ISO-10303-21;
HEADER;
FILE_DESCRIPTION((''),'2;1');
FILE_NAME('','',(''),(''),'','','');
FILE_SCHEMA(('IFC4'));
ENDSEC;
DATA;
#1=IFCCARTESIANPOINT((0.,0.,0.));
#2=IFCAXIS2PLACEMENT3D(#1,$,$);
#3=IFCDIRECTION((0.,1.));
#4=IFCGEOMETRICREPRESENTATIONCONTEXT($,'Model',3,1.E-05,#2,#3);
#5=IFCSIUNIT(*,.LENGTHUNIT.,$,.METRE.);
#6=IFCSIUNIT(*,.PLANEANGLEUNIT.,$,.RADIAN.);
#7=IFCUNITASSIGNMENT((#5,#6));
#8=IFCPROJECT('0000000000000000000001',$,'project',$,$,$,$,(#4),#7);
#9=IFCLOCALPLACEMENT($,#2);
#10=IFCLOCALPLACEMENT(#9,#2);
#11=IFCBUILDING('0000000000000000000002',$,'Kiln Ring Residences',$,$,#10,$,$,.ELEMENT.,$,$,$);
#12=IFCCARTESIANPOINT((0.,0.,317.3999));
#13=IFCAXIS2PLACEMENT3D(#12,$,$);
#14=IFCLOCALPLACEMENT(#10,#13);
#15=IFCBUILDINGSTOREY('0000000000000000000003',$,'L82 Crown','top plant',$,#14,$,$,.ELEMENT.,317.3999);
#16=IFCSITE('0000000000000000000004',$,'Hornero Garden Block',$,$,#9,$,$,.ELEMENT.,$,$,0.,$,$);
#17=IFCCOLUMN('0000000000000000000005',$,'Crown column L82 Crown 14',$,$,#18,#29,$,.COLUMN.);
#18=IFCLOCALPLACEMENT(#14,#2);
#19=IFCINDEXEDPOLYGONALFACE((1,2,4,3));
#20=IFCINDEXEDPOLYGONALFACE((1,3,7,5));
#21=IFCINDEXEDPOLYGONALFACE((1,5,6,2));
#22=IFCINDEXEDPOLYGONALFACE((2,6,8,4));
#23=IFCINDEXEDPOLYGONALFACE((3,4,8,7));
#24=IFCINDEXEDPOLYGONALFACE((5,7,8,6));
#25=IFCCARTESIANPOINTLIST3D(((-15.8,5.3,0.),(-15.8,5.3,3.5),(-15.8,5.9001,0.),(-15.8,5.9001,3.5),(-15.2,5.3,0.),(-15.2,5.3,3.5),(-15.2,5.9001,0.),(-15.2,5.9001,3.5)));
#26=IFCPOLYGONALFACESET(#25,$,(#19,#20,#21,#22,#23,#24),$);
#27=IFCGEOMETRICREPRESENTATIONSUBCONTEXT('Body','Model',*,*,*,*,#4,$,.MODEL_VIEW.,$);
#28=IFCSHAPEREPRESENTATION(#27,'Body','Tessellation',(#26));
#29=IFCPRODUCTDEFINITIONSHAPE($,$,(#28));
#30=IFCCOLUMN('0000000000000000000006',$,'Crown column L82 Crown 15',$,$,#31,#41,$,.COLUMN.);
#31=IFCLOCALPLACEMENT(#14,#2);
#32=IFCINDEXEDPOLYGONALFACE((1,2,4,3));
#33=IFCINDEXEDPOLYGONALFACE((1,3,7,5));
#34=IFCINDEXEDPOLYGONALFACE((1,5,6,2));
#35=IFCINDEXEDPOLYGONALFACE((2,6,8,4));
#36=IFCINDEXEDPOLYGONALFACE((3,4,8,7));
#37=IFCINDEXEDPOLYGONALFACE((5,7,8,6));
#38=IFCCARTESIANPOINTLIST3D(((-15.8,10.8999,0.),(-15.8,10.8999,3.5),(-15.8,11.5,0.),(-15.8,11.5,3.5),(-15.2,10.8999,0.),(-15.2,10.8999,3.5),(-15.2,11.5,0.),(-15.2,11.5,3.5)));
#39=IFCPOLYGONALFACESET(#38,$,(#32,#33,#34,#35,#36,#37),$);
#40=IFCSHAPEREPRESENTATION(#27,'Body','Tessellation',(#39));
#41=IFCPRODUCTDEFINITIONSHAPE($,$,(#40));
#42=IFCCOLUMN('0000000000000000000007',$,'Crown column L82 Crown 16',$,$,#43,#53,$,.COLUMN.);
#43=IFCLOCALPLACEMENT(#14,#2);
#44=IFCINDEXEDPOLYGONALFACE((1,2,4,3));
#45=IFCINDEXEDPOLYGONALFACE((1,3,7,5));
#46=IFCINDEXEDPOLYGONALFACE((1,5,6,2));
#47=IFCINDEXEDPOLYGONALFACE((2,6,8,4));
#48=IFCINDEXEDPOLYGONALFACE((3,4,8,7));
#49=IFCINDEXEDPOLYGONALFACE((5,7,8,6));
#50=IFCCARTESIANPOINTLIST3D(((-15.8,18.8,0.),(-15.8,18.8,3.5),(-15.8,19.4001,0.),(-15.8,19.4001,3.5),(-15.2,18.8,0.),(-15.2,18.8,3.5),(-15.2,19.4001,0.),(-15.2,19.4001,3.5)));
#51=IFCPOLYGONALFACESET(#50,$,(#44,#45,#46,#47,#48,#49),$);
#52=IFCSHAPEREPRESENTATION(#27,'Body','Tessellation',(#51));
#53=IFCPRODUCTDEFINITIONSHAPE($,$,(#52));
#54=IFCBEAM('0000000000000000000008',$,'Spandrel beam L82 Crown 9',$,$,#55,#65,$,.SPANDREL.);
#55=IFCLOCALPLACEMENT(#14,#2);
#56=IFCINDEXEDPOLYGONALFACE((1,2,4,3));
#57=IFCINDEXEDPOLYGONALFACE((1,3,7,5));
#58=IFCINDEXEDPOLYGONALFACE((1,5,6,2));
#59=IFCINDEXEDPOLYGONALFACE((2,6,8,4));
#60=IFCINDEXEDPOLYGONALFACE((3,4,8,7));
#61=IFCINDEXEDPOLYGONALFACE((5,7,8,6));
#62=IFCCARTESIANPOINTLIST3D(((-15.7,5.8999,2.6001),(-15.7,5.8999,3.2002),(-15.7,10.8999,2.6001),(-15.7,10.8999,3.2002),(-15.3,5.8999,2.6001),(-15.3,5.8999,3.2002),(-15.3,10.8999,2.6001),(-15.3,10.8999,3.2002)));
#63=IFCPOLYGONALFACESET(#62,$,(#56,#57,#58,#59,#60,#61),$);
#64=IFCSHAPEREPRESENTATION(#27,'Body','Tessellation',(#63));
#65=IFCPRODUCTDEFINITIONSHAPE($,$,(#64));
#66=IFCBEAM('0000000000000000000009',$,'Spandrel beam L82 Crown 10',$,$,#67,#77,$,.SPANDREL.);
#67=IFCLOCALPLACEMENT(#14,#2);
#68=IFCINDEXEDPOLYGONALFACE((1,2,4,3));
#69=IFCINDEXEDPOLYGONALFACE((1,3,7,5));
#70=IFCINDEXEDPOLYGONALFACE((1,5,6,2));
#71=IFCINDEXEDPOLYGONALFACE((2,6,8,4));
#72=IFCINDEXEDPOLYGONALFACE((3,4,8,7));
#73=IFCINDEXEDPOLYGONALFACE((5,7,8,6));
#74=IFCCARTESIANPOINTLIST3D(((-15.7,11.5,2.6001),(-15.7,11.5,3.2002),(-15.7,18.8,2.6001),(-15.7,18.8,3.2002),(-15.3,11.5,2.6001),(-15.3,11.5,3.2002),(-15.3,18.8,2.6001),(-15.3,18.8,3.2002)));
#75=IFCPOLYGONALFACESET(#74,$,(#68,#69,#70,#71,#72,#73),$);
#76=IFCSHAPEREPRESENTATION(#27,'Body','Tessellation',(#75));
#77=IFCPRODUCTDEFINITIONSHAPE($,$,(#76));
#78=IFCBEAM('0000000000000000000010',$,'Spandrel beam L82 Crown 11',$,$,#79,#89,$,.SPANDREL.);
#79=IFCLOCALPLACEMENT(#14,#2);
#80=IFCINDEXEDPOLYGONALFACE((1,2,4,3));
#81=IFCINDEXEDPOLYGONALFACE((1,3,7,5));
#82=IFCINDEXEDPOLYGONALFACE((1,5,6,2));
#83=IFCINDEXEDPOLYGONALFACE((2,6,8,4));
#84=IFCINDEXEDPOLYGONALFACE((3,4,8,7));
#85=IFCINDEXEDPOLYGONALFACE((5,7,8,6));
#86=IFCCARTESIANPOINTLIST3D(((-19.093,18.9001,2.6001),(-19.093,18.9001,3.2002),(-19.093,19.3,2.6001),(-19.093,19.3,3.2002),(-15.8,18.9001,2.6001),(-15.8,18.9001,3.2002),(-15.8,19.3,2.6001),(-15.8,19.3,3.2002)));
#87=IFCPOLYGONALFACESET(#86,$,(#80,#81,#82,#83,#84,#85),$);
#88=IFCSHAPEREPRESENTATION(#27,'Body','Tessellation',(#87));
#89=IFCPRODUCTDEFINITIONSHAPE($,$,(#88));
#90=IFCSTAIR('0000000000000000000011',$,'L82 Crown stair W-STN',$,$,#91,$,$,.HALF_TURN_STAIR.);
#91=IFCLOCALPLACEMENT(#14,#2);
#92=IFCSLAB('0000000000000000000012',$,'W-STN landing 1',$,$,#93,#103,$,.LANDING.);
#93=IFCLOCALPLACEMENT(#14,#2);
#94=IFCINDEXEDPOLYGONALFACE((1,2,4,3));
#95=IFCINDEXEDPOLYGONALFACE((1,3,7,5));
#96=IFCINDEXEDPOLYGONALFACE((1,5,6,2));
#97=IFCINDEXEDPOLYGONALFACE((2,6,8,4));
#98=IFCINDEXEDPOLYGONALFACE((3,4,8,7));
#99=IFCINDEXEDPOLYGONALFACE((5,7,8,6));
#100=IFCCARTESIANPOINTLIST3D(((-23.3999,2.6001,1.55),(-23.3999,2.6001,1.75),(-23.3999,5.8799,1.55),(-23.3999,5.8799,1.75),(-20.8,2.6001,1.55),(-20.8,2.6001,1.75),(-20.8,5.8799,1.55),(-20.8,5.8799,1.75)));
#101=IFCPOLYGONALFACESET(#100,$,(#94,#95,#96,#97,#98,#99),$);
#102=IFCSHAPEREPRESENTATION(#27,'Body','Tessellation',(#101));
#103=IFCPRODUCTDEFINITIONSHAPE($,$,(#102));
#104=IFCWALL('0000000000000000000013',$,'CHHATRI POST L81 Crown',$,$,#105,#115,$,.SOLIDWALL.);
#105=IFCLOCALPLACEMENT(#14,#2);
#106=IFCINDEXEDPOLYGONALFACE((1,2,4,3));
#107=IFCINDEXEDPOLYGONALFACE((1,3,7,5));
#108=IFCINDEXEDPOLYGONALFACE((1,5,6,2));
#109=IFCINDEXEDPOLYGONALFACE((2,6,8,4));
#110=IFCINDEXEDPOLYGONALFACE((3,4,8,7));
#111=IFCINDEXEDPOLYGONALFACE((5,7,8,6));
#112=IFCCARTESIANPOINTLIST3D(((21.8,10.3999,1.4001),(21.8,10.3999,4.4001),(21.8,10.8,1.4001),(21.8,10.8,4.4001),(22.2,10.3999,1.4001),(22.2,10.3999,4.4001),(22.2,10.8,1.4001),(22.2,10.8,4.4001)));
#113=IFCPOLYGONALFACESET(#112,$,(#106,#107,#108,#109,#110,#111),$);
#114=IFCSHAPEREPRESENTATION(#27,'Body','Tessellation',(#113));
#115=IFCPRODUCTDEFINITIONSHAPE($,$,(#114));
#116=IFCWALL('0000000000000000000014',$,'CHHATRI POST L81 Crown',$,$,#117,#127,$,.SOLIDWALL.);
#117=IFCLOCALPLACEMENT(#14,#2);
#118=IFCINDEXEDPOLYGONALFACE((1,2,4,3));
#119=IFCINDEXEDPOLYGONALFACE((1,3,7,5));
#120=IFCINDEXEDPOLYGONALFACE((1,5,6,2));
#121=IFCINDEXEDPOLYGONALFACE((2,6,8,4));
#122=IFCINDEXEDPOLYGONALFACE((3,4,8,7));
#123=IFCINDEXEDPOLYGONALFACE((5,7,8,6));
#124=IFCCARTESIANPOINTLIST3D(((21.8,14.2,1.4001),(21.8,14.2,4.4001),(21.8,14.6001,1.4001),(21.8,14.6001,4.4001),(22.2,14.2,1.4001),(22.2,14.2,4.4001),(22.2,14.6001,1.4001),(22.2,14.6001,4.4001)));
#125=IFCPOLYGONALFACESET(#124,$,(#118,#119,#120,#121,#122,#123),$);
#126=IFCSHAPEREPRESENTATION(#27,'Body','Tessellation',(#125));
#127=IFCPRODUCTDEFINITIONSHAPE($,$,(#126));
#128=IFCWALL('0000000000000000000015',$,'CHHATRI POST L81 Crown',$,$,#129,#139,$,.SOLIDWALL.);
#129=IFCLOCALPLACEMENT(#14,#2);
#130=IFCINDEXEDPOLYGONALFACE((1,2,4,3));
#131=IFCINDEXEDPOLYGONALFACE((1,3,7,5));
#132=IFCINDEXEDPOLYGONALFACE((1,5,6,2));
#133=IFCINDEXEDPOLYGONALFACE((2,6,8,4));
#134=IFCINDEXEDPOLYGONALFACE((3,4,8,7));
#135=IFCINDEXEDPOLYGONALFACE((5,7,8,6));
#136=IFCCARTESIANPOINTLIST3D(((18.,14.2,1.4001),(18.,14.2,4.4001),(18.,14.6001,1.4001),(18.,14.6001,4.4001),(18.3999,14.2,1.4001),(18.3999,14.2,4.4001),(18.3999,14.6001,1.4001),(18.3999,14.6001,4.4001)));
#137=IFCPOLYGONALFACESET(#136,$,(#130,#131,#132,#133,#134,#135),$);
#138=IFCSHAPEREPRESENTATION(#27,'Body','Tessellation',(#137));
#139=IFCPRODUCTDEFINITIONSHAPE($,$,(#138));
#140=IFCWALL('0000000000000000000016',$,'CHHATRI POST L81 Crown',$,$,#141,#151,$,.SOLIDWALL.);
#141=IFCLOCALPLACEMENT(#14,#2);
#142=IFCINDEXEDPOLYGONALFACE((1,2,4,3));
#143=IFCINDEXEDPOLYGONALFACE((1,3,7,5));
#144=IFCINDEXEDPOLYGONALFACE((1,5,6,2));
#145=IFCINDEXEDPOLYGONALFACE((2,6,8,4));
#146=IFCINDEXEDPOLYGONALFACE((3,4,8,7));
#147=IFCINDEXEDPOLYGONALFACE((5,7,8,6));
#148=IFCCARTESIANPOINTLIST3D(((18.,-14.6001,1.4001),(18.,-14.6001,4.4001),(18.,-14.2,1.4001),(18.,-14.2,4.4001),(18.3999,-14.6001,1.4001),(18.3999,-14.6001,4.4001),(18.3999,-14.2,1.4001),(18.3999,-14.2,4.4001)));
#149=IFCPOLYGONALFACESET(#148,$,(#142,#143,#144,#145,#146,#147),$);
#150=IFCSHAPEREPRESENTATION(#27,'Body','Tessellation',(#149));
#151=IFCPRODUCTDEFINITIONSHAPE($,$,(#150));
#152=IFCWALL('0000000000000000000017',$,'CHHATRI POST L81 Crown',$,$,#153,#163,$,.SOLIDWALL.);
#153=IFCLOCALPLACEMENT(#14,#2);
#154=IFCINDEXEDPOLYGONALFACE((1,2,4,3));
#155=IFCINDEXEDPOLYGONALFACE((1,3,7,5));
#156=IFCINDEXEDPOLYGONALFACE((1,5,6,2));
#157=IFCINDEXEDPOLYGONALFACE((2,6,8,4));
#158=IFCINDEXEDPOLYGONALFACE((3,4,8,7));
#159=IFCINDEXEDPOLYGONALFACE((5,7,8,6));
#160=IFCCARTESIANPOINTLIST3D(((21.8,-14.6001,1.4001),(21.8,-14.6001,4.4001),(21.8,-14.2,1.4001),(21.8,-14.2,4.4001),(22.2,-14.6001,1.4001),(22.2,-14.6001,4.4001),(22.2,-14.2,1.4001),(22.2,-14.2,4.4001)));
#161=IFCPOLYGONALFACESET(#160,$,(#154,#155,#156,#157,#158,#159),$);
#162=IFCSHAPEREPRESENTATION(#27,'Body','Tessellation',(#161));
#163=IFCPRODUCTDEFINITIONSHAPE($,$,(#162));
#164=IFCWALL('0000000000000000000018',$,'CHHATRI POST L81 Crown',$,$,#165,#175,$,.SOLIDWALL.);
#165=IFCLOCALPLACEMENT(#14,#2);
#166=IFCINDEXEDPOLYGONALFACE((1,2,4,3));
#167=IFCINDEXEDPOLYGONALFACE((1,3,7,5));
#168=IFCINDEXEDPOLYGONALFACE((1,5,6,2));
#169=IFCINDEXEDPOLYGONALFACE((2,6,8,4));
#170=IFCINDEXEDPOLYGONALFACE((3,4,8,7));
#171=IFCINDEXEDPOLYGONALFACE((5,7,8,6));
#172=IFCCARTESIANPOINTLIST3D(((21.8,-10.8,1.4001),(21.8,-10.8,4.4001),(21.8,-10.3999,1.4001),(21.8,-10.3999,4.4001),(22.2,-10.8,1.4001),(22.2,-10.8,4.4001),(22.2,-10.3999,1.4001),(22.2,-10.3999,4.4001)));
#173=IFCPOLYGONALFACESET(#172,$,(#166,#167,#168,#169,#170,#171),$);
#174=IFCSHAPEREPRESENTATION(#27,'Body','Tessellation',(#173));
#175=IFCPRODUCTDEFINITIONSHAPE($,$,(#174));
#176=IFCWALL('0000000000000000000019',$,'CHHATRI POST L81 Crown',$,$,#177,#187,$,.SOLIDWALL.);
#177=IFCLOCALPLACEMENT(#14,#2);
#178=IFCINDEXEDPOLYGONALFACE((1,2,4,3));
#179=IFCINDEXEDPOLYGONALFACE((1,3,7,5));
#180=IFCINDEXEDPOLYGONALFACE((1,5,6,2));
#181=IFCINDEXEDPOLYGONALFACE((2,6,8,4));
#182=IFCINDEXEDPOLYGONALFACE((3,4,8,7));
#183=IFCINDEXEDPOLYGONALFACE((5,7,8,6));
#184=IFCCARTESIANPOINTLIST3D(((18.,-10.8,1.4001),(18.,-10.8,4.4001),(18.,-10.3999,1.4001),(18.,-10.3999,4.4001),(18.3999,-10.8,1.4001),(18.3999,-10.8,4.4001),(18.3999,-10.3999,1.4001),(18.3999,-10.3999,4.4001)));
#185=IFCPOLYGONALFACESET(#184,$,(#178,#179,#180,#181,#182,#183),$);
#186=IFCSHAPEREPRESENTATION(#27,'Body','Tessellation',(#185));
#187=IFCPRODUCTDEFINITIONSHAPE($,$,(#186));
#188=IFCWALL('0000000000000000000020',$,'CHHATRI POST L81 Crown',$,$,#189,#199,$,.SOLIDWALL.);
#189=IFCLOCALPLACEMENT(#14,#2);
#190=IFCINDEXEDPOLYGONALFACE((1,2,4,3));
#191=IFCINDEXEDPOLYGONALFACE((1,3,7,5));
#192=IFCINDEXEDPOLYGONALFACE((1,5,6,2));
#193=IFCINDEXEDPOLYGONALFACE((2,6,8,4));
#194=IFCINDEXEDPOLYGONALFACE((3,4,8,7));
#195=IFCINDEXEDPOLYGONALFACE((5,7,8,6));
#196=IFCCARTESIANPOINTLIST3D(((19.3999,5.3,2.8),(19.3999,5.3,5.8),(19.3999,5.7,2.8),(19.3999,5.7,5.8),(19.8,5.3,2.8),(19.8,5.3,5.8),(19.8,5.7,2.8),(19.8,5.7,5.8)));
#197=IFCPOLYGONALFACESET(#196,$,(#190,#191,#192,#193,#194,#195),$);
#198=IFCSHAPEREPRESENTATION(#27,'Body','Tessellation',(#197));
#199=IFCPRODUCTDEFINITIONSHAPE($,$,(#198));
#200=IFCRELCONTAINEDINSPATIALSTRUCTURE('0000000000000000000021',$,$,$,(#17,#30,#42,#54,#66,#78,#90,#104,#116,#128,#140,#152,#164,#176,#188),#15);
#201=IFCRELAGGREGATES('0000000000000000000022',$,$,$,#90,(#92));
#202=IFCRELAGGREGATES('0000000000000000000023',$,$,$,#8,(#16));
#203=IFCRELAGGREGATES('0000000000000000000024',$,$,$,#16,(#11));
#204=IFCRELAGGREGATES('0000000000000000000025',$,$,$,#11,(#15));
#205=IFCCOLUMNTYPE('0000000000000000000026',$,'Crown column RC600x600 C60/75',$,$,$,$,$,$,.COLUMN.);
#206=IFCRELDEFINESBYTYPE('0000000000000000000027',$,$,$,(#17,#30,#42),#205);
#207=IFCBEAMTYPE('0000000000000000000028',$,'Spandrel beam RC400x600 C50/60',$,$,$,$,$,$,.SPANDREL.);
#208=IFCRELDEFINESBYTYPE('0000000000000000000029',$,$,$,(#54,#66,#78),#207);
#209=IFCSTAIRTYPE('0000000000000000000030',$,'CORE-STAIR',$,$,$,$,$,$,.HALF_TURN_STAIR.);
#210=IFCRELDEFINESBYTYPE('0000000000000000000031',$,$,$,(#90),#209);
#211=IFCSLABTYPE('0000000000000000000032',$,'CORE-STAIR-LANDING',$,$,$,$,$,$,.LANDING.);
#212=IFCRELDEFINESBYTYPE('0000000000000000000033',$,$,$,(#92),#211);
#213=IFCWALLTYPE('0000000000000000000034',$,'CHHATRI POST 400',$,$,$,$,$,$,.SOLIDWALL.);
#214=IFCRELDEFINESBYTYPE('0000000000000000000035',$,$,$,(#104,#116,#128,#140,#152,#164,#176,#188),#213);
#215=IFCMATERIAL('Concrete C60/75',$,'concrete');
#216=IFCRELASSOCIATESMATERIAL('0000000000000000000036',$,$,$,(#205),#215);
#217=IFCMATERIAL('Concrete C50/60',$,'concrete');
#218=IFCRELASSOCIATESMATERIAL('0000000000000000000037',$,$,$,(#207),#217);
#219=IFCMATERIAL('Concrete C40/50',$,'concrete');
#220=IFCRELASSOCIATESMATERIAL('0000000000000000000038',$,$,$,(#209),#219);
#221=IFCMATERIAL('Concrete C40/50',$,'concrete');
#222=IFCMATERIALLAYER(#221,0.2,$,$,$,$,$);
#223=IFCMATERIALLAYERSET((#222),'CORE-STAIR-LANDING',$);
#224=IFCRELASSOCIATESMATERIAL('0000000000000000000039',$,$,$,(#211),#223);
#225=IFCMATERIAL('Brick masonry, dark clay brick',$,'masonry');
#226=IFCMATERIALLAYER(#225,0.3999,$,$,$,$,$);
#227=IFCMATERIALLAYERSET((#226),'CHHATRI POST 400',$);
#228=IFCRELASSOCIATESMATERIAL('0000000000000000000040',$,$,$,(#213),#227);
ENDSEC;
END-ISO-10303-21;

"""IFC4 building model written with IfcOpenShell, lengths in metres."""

from ifc_helpers import new_model, si_unit, direction, frame, origin, origin_2d, place, context, subcontext, project, spatial, polyline, rectangle, outline, extrude, material, layer, layer_set, material_profile, profile_set, type_object, element, aggregate, save


model = new_model("IFC4")

# Units and contexts
model_context = context("Model", 3, precision=1e-05, world=origin(), true_north=direction((0.0, 1.0)))
body_context = subcontext(model_context, "Body", "Model", "MODEL_VIEW")
ifc_project = project(units=[si_unit("LENGTHUNIT", "METRE"), si_unit("PLANEANGLEUNIT", "RADIAN")], contexts=[model_context])

# Site, building, storey
site_placement = place(None, origin())
site = spatial("IfcSite", under=ifc_project, at=site_placement, Name="Hornero Garden Block", CompositionType="ELEMENT", RefElevation=0.0)
building_placement = place(site_placement, origin())
building = spatial("IfcBuilding", under=site, at=building_placement, Name="Kiln Ring Residences", CompositionType="ELEMENT")
storey_placement = place(building_placement, frame((0.0, 0.0, 317.3999)))
storey = spatial("IfcBuildingStorey", under=building, at=storey_placement, Name="L82 Crown", Description="top plant", CompositionType="ELEMENT", Elevation=317.3999)

# Columns
ifc_material_1 = material(Name="Concrete C60/75", Category="concrete")
ifc_material_profile_1 = material_profile(ifc_material_1, rectangle(XDim=0.6001, YDim=0.6001, at=origin_2d()), Name="RC600x600")
ifc_profile_set_1 = profile_set([ifc_material_profile_1], Name="Concrete C60/75")
column_type = type_object("IfcColumnType", Name="Crown column RC600x600 C60/75", PredefinedType="COLUMN", material=ifc_profile_set_1)
for number, where, z_axis, x_axis, name in (
    (1, (-15.5, 5.6001, 0.0), (0.0, 0.0, 1.0), (1.0, 0.0, 0.0), "Crown column L82 Crown 14"),
    (2, (-15.5, 11.2, 0.0), (0.0, 0.0, 1.0), (1.0, 0.0, 0.0), "Crown column L82 Crown 15"),
    (3, (-15.5, 19.1001, 0.0), (0.0, 0.0, 1.0), (1.0, 0.0, 0.0), "Crown column L82 Crown 16"),
):
    element("IfcColumn", number, at=place(storey_placement, frame(where, z_axis=z_axis, x_axis=x_axis)), inside=storey, type_object=column_type, Name=name, PredefinedType="COLUMN", context=body_context, shape_type="SweptSolid", body=[
        extrude(rectangle(XDim=0.6001, YDim=0.6001, at=origin_2d()), origin(), (0.0, 0.0, 1.0), 3.5),
    ])

# Beams
ifc_material_2 = material(Name="Concrete C50/60", Category="concrete")
ifc_material_profile_2 = material_profile(ifc_material_2, rectangle(XDim=0.3999, YDim=0.6001, at=origin_2d()), Name="RC400x600")
ifc_profile_set_2 = profile_set([ifc_material_profile_2], Name="Concrete C50/60")
beam_type = type_object("IfcBeamType", Name="Spandrel beam RC400x600 C50/60", PredefinedType="SPANDREL", material=ifc_profile_set_2)
beam_1_placement = place(storey_placement, frame((-15.5, 5.8999, 2.9001), z_axis=(0.0, 1.0, 0.0), x_axis=(-1.0, 0.0, 0.0)))
element("IfcBeam", 4, at=beam_1_placement, inside=storey, type_object=beam_type, Name="Spandrel beam L82 Crown 9", PredefinedType="SPANDREL", context=body_context, shape_type="SweptSolid", body=[
    extrude(rectangle(XDim=0.3999, YDim=0.6001, at=origin_2d()), origin(), (0.0, 0.0, 1.0), 5.0),
])
beam_2_placement = place(storey_placement, frame((-15.5, 11.5, 2.9001), z_axis=(0.0, 1.0, 0.0), x_axis=(-1.0, 0.0, 0.0)))
element("IfcBeam", 5, at=beam_2_placement, inside=storey, type_object=beam_type, Name="Spandrel beam L82 Crown 10", PredefinedType="SPANDREL", context=body_context, shape_type="SweptSolid", body=[
    extrude(rectangle(XDim=0.3999, YDim=0.6001, at=origin_2d()), origin(), (0.0, 0.0, 1.0), 7.3),
])
beam_3_placement = place(storey_placement, frame((-15.8, 19.1001, 2.9001), z_axis=(-1.0, 0.0, 0.0), x_axis=(0.0, -1.0, 0.0)))
element("IfcBeam", 6, at=beam_3_placement, inside=storey, type_object=beam_type, Name="Spandrel beam L82 Crown 11", PredefinedType="SPANDREL", context=body_context, shape_type="SweptSolid", body=[
    extrude(rectangle(XDim=0.3999, YDim=0.6001, at=origin_2d()), origin(), (0.0, 0.0, 1.0), 3.293),
])

# Stair, slab
ifc_material_3 = material(Name="Concrete C40/50", Category="concrete")
stair_type = type_object("IfcStairType", Name="CORE-STAIR", PredefinedType="HALF_TURN_STAIR", material=ifc_material_3)
stair_placement = place(storey_placement, origin())
stair = element("IfcStair", 7, at=stair_placement, inside=storey, type_object=stair_type, Name="L82 Crown stair W-STN", PredefinedType="HALF_TURN_STAIR")
ifc_material_4 = material(Name="Concrete C40/50", Category="concrete")
ifc_layer_1 = layer(ifc_material_4, 0.2)
ifc_layer_set_1 = layer_set([ifc_layer_1], Name="CORE-STAIR-LANDING")
slab_type = type_object("IfcSlabType", Name="CORE-STAIR-LANDING", PredefinedType="LANDING", material=ifc_layer_set_1)
slab_placement = place(storey_placement, frame((0.0, 0.0, 1.55)))
slab = element("IfcSlab", 8, at=slab_placement, type_object=slab_type, Name="W-STN landing 1", PredefinedType="LANDING", context=body_context, shape_type="SweptSolid", body=[
    extrude(outline(polyline([(-23.3999, 5.8799), (-23.3999, 2.6001), (-20.8, 2.6001), (-20.8, 5.8799), (-23.3999, 5.8799)])), origin(), (0.0, 0.0, 1.0), 0.2),
])
aggregate(stair, [slab])

# Walls
ifc_material_5 = material(Name="Brick masonry, dark clay brick", Category="masonry")
ifc_layer_2 = layer(ifc_material_5, 0.3999)
ifc_layer_set_2 = layer_set([ifc_layer_2], Name="CHHATRI POST 400")
wall_type_1 = type_object("IfcWallType", Name="CHHATRI POST 400", PredefinedType="SOLIDWALL", material=ifc_layer_set_2)
placement_1 = place(storey_placement, frame((0.0, 0.0, 1.4001)))
element("IfcWall", 9, at=placement_1, inside=storey, type_object=wall_type_1, Name="CHHATRI POST L81 Crown", PredefinedType="SOLIDWALL", context=body_context, shape_type="SweptSolid", body=[
    extrude(outline(polyline([(22.2, 10.3999), (22.2, 10.8), (21.8, 10.8), (21.8, 10.3999), (22.2, 10.3999)])), origin(), (0.0, 0.0, 1.0), 3.0),
])
element("IfcWall", 10, at=placement_1, inside=storey, type_object=wall_type_1, Name="CHHATRI POST L81 Crown", PredefinedType="SOLIDWALL", context=body_context, shape_type="SweptSolid", body=[
    extrude(outline(polyline([(22.2, 14.2), (22.2, 14.6001), (21.8, 14.6001), (21.8, 14.2), (22.2, 14.2)])), origin(), (0.0, 0.0, 1.0), 3.0),
])
element("IfcWall", 11, at=placement_1, inside=storey, type_object=wall_type_1, Name="CHHATRI POST L81 Crown", PredefinedType="SOLIDWALL", context=body_context, shape_type="SweptSolid", body=[
    extrude(outline(polyline([(18.3999, 14.2), (18.3999, 14.6001), (18.0, 14.6001), (18.0, 14.2), (18.3999, 14.2)])), origin(), (0.0, 0.0, 1.0), 3.0),
])
element("IfcWall", 12, at=placement_1, inside=storey, type_object=wall_type_1, Name="CHHATRI POST L81 Crown", PredefinedType="SOLIDWALL", context=body_context, shape_type="SweptSolid", body=[
    extrude(outline(polyline([(18.3999, -14.6001), (18.3999, -14.2), (18.0, -14.2), (18.0, -14.6001), (18.3999, -14.6001)])), origin(), (0.0, 0.0, 1.0), 3.0),
])
element("IfcWall", 13, at=placement_1, inside=storey, type_object=wall_type_1, Name="CHHATRI POST L81 Crown", PredefinedType="SOLIDWALL", context=body_context, shape_type="SweptSolid", body=[
    extrude(outline(polyline([(22.2, -14.6001), (22.2, -14.2), (21.8, -14.2), (21.8, -14.6001), (22.2, -14.6001)])), origin(), (0.0, 0.0, 1.0), 3.0),
])
element("IfcWall", 14, at=placement_1, inside=storey, type_object=wall_type_1, Name="CHHATRI POST L81 Crown", PredefinedType="SOLIDWALL", context=body_context, shape_type="SweptSolid", body=[
    extrude(outline(polyline([(22.2, -10.8), (22.2, -10.3999), (21.8, -10.3999), (21.8, -10.8), (22.2, -10.8)])), origin(), (0.0, 0.0, 1.0), 3.0),
])
element("IfcWall", 15, at=placement_1, inside=storey, type_object=wall_type_1, Name="CHHATRI POST L81 Crown", PredefinedType="SOLIDWALL", context=body_context, shape_type="SweptSolid", body=[
    extrude(outline(polyline([(18.3999, -10.8), (18.3999, -10.3999), (18.0, -10.3999), (18.0, -10.8), (18.3999, -10.8)])), origin(), (0.0, 0.0, 1.0), 3.0),
])
placement_2 = place(storey_placement, frame((0.0, 0.0, 2.8)))
element("IfcWall", 16, at=placement_2, inside=storey, type_object=wall_type_1, Name="CHHATRI POST L81 Crown", PredefinedType="SOLIDWALL", context=body_context, shape_type="SweptSolid", body=[
    extrude(outline(polyline([(19.8, 5.3), (19.8, 5.7), (19.3999, 5.7), (19.3999, 5.3), (19.8, 5.3)])), origin(), (0.0, 0.0, 1.0), 3.0),
])

save(model, "model.ifc")
